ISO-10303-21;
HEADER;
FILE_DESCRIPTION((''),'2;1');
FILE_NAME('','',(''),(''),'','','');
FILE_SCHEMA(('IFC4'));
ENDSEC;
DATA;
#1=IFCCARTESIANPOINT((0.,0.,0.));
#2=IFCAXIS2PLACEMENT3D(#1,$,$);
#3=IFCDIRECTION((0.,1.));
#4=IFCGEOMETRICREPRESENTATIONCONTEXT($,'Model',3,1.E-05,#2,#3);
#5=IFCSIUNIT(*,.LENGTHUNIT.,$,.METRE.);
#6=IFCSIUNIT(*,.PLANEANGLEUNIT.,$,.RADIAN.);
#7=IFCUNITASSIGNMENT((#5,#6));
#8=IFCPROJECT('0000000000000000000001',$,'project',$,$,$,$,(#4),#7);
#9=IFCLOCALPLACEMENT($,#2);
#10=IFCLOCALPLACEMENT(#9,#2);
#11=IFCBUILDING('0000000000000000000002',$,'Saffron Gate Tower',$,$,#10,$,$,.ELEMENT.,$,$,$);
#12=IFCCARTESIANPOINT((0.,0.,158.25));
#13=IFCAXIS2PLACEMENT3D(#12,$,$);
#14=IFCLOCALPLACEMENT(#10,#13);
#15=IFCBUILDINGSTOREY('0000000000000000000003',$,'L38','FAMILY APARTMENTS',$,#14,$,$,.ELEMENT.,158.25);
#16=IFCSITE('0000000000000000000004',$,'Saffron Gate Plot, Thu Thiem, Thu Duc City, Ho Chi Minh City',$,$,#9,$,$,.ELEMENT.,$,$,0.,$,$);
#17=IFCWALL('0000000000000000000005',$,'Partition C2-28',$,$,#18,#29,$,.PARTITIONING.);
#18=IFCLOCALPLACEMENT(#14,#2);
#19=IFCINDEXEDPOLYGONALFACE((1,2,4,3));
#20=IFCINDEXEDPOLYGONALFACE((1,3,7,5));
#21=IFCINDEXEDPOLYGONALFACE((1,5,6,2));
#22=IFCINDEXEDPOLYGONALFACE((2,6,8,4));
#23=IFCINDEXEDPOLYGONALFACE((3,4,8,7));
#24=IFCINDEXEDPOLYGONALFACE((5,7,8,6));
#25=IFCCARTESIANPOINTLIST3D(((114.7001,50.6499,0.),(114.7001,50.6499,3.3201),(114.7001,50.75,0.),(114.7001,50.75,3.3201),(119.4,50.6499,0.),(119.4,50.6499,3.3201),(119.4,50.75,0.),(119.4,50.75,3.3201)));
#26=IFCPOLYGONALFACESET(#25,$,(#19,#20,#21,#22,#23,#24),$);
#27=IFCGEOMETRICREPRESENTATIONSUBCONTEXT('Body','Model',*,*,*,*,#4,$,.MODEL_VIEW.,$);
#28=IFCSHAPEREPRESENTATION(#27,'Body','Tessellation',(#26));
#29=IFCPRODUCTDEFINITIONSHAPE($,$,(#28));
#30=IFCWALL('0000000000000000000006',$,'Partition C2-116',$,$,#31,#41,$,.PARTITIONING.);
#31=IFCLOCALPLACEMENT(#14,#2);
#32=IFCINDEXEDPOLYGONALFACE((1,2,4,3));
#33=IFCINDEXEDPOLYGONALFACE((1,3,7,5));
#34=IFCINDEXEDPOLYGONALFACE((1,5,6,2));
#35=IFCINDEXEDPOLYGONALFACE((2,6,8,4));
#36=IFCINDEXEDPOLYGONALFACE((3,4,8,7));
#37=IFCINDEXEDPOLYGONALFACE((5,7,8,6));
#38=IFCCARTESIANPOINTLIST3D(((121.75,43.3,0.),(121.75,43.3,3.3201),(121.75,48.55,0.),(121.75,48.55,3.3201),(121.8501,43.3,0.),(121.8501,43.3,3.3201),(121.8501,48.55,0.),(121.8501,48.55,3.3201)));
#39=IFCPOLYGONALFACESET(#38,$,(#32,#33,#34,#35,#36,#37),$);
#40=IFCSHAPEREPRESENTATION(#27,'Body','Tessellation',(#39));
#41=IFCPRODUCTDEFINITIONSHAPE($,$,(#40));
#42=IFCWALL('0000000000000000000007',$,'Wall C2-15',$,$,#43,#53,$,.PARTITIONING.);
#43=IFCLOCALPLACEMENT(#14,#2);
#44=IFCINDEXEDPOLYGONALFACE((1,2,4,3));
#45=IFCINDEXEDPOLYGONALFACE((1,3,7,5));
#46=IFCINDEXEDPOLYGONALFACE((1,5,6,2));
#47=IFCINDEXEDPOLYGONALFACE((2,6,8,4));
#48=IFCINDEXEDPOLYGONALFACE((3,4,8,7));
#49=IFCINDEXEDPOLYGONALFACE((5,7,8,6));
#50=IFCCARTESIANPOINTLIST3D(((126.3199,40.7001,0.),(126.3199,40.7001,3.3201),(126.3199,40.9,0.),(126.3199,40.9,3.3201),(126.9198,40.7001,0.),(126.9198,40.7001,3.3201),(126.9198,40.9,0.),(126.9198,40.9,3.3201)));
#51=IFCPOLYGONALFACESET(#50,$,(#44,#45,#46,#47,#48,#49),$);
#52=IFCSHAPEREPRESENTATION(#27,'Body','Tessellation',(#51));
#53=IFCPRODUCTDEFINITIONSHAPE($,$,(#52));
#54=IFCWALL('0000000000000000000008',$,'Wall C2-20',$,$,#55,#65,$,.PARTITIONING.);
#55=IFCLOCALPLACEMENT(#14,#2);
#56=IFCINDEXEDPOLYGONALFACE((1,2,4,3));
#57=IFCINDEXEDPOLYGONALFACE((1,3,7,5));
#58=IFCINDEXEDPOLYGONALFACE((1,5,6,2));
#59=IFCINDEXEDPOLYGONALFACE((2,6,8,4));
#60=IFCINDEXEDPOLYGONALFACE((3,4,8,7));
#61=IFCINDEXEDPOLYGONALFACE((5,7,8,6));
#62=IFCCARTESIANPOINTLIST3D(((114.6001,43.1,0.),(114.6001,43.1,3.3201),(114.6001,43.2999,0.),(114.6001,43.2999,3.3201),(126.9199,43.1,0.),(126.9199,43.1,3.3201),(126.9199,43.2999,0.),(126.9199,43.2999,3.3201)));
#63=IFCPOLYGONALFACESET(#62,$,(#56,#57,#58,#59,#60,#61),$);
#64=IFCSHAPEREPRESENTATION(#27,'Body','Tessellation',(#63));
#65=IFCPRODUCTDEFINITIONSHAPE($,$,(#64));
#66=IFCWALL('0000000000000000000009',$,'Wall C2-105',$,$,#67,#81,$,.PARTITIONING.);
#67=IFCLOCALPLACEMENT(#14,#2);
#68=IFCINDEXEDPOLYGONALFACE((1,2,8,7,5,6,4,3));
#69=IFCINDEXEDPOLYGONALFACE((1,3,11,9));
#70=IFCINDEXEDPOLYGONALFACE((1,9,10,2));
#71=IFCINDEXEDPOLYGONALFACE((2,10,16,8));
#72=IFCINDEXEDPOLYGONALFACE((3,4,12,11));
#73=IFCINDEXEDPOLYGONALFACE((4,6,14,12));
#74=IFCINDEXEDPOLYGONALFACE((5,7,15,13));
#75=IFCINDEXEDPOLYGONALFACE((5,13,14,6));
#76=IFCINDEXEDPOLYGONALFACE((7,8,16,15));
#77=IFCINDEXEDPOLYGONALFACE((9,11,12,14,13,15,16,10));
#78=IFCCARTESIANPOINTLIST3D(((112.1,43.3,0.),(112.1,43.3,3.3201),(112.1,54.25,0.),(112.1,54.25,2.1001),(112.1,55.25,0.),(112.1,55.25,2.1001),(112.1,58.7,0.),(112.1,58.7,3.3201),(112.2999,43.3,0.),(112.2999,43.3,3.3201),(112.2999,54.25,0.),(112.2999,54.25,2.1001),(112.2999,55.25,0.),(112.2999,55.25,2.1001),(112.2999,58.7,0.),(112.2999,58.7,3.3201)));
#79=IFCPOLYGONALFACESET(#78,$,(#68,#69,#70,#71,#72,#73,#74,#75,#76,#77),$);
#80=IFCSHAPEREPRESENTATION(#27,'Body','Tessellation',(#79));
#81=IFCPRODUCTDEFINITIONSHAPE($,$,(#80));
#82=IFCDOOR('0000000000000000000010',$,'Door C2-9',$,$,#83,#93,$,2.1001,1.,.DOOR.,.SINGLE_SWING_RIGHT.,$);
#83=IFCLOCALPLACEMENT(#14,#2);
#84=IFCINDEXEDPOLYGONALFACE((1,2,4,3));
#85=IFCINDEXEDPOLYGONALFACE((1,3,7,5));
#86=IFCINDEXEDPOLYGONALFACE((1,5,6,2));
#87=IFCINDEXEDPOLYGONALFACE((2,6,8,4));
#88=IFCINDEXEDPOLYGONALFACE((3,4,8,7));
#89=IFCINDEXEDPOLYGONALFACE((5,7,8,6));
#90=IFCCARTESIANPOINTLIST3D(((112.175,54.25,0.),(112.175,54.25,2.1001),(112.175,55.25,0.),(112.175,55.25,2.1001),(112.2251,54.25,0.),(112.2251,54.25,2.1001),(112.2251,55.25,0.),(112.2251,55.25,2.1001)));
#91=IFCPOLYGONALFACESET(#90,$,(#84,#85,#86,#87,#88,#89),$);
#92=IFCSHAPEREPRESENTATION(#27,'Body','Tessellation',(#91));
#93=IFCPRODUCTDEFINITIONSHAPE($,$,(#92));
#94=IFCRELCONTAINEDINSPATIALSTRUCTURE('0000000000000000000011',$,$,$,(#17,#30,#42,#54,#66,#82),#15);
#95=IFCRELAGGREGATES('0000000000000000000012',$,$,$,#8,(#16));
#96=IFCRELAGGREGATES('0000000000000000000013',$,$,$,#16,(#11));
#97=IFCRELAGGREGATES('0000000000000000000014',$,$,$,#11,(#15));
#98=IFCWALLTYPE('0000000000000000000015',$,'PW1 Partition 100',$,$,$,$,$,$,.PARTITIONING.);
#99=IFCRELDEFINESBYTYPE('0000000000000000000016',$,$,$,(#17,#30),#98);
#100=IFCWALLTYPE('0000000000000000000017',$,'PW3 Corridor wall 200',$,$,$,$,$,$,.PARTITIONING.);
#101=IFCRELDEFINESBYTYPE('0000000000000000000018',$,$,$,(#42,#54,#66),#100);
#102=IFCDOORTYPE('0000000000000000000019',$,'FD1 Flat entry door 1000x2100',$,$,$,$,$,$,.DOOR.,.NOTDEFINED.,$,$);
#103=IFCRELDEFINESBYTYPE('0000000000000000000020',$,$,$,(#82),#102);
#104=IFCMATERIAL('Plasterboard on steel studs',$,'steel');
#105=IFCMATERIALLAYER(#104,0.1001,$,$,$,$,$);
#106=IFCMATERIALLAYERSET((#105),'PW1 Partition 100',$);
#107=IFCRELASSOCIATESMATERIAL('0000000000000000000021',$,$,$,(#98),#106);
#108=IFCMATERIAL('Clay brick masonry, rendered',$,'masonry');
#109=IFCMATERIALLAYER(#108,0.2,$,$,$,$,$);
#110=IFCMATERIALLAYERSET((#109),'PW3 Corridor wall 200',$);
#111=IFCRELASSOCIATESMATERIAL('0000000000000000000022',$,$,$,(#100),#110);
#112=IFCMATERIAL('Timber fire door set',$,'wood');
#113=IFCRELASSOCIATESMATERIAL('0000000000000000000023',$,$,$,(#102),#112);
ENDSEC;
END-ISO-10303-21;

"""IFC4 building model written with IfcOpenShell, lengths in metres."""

from ifc_helpers import new_model, si_unit, direction, frame, frame_2d, origin, place, context, subcontext, project, spatial, rectangle, extrude, material, layer, layer_set, type_object, element, fill, save


model = new_model("IFC4")

# Units and contexts
model_context = context("Model", 3, precision=1e-05, world=origin(), true_north=direction((0.0, 1.0)))
body_context = subcontext(model_context, "Body", "Model", "MODEL_VIEW")
ifc_project = project(units=[si_unit("LENGTHUNIT", "METRE"), si_unit("PLANEANGLEUNIT", "RADIAN")], contexts=[model_context])

# Site, building, storey
site_placement = place(None, origin())
site = spatial("IfcSite", under=ifc_project, at=site_placement, Name="Saffron Gate Plot, Thu Thiem, Thu Duc City, Ho Chi Minh City", CompositionType="ELEMENT", RefElevation=0.0)
building_placement = place(site_placement, origin())
building = spatial("IfcBuilding", under=site, at=building_placement, Name="Saffron Gate Tower", CompositionType="ELEMENT")
storey_placement = place(building_placement, frame((0.0, 0.0, 158.25)))
storey = spatial("IfcBuildingStorey", under=building, at=storey_placement, Name="L38", Description="FAMILY APARTMENTS", CompositionType="ELEMENT", Elevation=158.25)

# Shared definitions
ifc_material_1 = material(Name="Plasterboard on steel studs", Category="steel")
ifc_layer_1 = layer(ifc_material_1, 0.1001)
ifc_layer_set_1 = layer_set([ifc_layer_1], Name="PW1 Partition 100")
wall_type_1 = type_object("IfcWallType", Name="PW1 Partition 100", PredefinedType="PARTITIONING", material=ifc_layer_set_1)

# Walls
wall_1_placement = place(storey_placement, frame((114.7, 50.7, 0.0), z_axis=(0.0, 0.0, 1.0), x_axis=(1.0, 0.0, 0.0)))
element("IfcWall", 1, at=wall_1_placement, inside=storey, type_object=wall_type_1, Name="Partition C2-28", PredefinedType="PARTITIONING", context=body_context, shape_type="SweptSolid", body=[
    extrude(rectangle(XDim=4.7, YDim=0.1001, at=frame_2d((2.3501, 0.0))), origin(), (0.0, 0.0, 1.0), 3.3201),
])
wall_2_placement = place(storey_placement, frame((121.8, 48.55, 0.0), z_axis=(0.0, 0.0, 1.0), x_axis=(0.0, -1.0, 0.0)))
element("IfcWall", 2, at=wall_2_placement, inside=storey, type_object=wall_type_1, Name="Partition C2-116", PredefinedType="PARTITIONING", context=body_context, shape_type="SweptSolid", body=[
    extrude(rectangle(XDim=5.25, YDim=0.1001, at=frame_2d((2.625, 0.0))), origin(), (0.0, 0.0, 1.0), 3.3201),
])
ifc_material_2 = material(Name="Clay brick masonry, rendered", Category="masonry")
ifc_layer_2 = layer(ifc_material_2, 0.2)
ifc_layer_set_2 = layer_set([ifc_layer_2], Name="PW3 Corridor wall 200")
wall_type_2 = type_object("IfcWallType", Name="PW3 Corridor wall 200", PredefinedType="PARTITIONING", material=ifc_layer_set_2)
wall_3_placement = place(storey_placement, frame((126.3201, 40.8, 0.0), z_axis=(0.0, 0.0, 1.0), x_axis=(1.0, 0.0, 0.0)))
element("IfcWall", 3, at=wall_3_placement, inside=storey, type_object=wall_type_2, Name="Wall C2-15", PredefinedType="PARTITIONING", context=body_context, shape_type="SweptSolid", body=[
    extrude(rectangle(XDim=0.5999, YDim=0.2, at=frame_2d((0.2998, 0.0))), origin(), (0.0, 0.0, 1.0), 3.3201),
])
wall_4_placement = place(storey_placement, frame((114.6001, 43.2, 0.0), z_axis=(0.0, 0.0, 1.0), x_axis=(1.0, 0.0, 0.0)))
element("IfcWall", 4, at=wall_4_placement, inside=storey, type_object=wall_type_2, Name="Wall C2-20", PredefinedType="PARTITIONING", context=body_context, shape_type="SweptSolid", body=[
    extrude(rectangle(XDim=12.3198, YDim=0.2, at=frame_2d((6.1599, 0.0))), origin(), (0.0, 0.0, 1.0), 3.3201),
])

# Wall, opening, door
wall_5_placement = place(storey_placement, frame((112.2, 43.3, 0.0), z_axis=(0.0, 0.0, 1.0), x_axis=(0.0, 1.0, 0.0)))
wall_5 = element("IfcWall", 5, at=wall_5_placement, inside=storey, type_object=wall_type_2, Name="Wall C2-105", PredefinedType="PARTITIONING", context=body_context, shape_type="SweptSolid", body=[
    extrude(rectangle(XDim=15.3999, YDim=0.2, at=frame_2d((7.7, 0.0))), origin(), (0.0, 0.0, 1.0), 3.3201),
])
opening_1_placement = place(wall_5_placement, frame((10.95, 0.0, 0.0)))
opening_1 = element("IfcOpeningElement", 6, at=opening_1_placement, cuts=wall_5, PredefinedType="OPENING", context=body_context, shape_type="SweptSolid", body=[
    extrude(rectangle(XDim=1.0, YDim=2.1001, at=frame_2d((0.5, 1.05))), frame((0.0, 0.1099, 0.0), z_axis=(0.0, -1.0, 0.0), x_axis=(1.0, 0.0, 0.0)), (0.0, 0.0, 1.0), 0.22),
])
ifc_material_3 = material(Name="Timber fire door set", Category="wood")
door_type_1 = type_object("IfcDoorType", Name="FD1 Flat entry door 1000x2100", OperationType="NOTDEFINED", PredefinedType="DOOR", material=ifc_material_3)
door_1_placement = place(opening_1_placement, origin())
door_1 = element("IfcDoor", 7, at=door_1_placement, inside=storey, type_object=door_type_1, Name="Door C2-9", OperationType="SINGLE_SWING_RIGHT", OverallHeight=2.1001, OverallWidth=1.0, PredefinedType="DOOR", context=body_context, shape_type="SweptSolid", body=[
    extrude(rectangle(XDim=1.0, YDim=2.1001, at=frame_2d((0.5, 1.05))), frame((0.0, 0.0249, 0.0), z_axis=(0.0, -1.0, 0.0), x_axis=(1.0, 0.0, 0.0)), (0.0, 0.0, 1.0), 0.05),
])
fill(opening_1, door_1)

save(model, "model.ifc")
